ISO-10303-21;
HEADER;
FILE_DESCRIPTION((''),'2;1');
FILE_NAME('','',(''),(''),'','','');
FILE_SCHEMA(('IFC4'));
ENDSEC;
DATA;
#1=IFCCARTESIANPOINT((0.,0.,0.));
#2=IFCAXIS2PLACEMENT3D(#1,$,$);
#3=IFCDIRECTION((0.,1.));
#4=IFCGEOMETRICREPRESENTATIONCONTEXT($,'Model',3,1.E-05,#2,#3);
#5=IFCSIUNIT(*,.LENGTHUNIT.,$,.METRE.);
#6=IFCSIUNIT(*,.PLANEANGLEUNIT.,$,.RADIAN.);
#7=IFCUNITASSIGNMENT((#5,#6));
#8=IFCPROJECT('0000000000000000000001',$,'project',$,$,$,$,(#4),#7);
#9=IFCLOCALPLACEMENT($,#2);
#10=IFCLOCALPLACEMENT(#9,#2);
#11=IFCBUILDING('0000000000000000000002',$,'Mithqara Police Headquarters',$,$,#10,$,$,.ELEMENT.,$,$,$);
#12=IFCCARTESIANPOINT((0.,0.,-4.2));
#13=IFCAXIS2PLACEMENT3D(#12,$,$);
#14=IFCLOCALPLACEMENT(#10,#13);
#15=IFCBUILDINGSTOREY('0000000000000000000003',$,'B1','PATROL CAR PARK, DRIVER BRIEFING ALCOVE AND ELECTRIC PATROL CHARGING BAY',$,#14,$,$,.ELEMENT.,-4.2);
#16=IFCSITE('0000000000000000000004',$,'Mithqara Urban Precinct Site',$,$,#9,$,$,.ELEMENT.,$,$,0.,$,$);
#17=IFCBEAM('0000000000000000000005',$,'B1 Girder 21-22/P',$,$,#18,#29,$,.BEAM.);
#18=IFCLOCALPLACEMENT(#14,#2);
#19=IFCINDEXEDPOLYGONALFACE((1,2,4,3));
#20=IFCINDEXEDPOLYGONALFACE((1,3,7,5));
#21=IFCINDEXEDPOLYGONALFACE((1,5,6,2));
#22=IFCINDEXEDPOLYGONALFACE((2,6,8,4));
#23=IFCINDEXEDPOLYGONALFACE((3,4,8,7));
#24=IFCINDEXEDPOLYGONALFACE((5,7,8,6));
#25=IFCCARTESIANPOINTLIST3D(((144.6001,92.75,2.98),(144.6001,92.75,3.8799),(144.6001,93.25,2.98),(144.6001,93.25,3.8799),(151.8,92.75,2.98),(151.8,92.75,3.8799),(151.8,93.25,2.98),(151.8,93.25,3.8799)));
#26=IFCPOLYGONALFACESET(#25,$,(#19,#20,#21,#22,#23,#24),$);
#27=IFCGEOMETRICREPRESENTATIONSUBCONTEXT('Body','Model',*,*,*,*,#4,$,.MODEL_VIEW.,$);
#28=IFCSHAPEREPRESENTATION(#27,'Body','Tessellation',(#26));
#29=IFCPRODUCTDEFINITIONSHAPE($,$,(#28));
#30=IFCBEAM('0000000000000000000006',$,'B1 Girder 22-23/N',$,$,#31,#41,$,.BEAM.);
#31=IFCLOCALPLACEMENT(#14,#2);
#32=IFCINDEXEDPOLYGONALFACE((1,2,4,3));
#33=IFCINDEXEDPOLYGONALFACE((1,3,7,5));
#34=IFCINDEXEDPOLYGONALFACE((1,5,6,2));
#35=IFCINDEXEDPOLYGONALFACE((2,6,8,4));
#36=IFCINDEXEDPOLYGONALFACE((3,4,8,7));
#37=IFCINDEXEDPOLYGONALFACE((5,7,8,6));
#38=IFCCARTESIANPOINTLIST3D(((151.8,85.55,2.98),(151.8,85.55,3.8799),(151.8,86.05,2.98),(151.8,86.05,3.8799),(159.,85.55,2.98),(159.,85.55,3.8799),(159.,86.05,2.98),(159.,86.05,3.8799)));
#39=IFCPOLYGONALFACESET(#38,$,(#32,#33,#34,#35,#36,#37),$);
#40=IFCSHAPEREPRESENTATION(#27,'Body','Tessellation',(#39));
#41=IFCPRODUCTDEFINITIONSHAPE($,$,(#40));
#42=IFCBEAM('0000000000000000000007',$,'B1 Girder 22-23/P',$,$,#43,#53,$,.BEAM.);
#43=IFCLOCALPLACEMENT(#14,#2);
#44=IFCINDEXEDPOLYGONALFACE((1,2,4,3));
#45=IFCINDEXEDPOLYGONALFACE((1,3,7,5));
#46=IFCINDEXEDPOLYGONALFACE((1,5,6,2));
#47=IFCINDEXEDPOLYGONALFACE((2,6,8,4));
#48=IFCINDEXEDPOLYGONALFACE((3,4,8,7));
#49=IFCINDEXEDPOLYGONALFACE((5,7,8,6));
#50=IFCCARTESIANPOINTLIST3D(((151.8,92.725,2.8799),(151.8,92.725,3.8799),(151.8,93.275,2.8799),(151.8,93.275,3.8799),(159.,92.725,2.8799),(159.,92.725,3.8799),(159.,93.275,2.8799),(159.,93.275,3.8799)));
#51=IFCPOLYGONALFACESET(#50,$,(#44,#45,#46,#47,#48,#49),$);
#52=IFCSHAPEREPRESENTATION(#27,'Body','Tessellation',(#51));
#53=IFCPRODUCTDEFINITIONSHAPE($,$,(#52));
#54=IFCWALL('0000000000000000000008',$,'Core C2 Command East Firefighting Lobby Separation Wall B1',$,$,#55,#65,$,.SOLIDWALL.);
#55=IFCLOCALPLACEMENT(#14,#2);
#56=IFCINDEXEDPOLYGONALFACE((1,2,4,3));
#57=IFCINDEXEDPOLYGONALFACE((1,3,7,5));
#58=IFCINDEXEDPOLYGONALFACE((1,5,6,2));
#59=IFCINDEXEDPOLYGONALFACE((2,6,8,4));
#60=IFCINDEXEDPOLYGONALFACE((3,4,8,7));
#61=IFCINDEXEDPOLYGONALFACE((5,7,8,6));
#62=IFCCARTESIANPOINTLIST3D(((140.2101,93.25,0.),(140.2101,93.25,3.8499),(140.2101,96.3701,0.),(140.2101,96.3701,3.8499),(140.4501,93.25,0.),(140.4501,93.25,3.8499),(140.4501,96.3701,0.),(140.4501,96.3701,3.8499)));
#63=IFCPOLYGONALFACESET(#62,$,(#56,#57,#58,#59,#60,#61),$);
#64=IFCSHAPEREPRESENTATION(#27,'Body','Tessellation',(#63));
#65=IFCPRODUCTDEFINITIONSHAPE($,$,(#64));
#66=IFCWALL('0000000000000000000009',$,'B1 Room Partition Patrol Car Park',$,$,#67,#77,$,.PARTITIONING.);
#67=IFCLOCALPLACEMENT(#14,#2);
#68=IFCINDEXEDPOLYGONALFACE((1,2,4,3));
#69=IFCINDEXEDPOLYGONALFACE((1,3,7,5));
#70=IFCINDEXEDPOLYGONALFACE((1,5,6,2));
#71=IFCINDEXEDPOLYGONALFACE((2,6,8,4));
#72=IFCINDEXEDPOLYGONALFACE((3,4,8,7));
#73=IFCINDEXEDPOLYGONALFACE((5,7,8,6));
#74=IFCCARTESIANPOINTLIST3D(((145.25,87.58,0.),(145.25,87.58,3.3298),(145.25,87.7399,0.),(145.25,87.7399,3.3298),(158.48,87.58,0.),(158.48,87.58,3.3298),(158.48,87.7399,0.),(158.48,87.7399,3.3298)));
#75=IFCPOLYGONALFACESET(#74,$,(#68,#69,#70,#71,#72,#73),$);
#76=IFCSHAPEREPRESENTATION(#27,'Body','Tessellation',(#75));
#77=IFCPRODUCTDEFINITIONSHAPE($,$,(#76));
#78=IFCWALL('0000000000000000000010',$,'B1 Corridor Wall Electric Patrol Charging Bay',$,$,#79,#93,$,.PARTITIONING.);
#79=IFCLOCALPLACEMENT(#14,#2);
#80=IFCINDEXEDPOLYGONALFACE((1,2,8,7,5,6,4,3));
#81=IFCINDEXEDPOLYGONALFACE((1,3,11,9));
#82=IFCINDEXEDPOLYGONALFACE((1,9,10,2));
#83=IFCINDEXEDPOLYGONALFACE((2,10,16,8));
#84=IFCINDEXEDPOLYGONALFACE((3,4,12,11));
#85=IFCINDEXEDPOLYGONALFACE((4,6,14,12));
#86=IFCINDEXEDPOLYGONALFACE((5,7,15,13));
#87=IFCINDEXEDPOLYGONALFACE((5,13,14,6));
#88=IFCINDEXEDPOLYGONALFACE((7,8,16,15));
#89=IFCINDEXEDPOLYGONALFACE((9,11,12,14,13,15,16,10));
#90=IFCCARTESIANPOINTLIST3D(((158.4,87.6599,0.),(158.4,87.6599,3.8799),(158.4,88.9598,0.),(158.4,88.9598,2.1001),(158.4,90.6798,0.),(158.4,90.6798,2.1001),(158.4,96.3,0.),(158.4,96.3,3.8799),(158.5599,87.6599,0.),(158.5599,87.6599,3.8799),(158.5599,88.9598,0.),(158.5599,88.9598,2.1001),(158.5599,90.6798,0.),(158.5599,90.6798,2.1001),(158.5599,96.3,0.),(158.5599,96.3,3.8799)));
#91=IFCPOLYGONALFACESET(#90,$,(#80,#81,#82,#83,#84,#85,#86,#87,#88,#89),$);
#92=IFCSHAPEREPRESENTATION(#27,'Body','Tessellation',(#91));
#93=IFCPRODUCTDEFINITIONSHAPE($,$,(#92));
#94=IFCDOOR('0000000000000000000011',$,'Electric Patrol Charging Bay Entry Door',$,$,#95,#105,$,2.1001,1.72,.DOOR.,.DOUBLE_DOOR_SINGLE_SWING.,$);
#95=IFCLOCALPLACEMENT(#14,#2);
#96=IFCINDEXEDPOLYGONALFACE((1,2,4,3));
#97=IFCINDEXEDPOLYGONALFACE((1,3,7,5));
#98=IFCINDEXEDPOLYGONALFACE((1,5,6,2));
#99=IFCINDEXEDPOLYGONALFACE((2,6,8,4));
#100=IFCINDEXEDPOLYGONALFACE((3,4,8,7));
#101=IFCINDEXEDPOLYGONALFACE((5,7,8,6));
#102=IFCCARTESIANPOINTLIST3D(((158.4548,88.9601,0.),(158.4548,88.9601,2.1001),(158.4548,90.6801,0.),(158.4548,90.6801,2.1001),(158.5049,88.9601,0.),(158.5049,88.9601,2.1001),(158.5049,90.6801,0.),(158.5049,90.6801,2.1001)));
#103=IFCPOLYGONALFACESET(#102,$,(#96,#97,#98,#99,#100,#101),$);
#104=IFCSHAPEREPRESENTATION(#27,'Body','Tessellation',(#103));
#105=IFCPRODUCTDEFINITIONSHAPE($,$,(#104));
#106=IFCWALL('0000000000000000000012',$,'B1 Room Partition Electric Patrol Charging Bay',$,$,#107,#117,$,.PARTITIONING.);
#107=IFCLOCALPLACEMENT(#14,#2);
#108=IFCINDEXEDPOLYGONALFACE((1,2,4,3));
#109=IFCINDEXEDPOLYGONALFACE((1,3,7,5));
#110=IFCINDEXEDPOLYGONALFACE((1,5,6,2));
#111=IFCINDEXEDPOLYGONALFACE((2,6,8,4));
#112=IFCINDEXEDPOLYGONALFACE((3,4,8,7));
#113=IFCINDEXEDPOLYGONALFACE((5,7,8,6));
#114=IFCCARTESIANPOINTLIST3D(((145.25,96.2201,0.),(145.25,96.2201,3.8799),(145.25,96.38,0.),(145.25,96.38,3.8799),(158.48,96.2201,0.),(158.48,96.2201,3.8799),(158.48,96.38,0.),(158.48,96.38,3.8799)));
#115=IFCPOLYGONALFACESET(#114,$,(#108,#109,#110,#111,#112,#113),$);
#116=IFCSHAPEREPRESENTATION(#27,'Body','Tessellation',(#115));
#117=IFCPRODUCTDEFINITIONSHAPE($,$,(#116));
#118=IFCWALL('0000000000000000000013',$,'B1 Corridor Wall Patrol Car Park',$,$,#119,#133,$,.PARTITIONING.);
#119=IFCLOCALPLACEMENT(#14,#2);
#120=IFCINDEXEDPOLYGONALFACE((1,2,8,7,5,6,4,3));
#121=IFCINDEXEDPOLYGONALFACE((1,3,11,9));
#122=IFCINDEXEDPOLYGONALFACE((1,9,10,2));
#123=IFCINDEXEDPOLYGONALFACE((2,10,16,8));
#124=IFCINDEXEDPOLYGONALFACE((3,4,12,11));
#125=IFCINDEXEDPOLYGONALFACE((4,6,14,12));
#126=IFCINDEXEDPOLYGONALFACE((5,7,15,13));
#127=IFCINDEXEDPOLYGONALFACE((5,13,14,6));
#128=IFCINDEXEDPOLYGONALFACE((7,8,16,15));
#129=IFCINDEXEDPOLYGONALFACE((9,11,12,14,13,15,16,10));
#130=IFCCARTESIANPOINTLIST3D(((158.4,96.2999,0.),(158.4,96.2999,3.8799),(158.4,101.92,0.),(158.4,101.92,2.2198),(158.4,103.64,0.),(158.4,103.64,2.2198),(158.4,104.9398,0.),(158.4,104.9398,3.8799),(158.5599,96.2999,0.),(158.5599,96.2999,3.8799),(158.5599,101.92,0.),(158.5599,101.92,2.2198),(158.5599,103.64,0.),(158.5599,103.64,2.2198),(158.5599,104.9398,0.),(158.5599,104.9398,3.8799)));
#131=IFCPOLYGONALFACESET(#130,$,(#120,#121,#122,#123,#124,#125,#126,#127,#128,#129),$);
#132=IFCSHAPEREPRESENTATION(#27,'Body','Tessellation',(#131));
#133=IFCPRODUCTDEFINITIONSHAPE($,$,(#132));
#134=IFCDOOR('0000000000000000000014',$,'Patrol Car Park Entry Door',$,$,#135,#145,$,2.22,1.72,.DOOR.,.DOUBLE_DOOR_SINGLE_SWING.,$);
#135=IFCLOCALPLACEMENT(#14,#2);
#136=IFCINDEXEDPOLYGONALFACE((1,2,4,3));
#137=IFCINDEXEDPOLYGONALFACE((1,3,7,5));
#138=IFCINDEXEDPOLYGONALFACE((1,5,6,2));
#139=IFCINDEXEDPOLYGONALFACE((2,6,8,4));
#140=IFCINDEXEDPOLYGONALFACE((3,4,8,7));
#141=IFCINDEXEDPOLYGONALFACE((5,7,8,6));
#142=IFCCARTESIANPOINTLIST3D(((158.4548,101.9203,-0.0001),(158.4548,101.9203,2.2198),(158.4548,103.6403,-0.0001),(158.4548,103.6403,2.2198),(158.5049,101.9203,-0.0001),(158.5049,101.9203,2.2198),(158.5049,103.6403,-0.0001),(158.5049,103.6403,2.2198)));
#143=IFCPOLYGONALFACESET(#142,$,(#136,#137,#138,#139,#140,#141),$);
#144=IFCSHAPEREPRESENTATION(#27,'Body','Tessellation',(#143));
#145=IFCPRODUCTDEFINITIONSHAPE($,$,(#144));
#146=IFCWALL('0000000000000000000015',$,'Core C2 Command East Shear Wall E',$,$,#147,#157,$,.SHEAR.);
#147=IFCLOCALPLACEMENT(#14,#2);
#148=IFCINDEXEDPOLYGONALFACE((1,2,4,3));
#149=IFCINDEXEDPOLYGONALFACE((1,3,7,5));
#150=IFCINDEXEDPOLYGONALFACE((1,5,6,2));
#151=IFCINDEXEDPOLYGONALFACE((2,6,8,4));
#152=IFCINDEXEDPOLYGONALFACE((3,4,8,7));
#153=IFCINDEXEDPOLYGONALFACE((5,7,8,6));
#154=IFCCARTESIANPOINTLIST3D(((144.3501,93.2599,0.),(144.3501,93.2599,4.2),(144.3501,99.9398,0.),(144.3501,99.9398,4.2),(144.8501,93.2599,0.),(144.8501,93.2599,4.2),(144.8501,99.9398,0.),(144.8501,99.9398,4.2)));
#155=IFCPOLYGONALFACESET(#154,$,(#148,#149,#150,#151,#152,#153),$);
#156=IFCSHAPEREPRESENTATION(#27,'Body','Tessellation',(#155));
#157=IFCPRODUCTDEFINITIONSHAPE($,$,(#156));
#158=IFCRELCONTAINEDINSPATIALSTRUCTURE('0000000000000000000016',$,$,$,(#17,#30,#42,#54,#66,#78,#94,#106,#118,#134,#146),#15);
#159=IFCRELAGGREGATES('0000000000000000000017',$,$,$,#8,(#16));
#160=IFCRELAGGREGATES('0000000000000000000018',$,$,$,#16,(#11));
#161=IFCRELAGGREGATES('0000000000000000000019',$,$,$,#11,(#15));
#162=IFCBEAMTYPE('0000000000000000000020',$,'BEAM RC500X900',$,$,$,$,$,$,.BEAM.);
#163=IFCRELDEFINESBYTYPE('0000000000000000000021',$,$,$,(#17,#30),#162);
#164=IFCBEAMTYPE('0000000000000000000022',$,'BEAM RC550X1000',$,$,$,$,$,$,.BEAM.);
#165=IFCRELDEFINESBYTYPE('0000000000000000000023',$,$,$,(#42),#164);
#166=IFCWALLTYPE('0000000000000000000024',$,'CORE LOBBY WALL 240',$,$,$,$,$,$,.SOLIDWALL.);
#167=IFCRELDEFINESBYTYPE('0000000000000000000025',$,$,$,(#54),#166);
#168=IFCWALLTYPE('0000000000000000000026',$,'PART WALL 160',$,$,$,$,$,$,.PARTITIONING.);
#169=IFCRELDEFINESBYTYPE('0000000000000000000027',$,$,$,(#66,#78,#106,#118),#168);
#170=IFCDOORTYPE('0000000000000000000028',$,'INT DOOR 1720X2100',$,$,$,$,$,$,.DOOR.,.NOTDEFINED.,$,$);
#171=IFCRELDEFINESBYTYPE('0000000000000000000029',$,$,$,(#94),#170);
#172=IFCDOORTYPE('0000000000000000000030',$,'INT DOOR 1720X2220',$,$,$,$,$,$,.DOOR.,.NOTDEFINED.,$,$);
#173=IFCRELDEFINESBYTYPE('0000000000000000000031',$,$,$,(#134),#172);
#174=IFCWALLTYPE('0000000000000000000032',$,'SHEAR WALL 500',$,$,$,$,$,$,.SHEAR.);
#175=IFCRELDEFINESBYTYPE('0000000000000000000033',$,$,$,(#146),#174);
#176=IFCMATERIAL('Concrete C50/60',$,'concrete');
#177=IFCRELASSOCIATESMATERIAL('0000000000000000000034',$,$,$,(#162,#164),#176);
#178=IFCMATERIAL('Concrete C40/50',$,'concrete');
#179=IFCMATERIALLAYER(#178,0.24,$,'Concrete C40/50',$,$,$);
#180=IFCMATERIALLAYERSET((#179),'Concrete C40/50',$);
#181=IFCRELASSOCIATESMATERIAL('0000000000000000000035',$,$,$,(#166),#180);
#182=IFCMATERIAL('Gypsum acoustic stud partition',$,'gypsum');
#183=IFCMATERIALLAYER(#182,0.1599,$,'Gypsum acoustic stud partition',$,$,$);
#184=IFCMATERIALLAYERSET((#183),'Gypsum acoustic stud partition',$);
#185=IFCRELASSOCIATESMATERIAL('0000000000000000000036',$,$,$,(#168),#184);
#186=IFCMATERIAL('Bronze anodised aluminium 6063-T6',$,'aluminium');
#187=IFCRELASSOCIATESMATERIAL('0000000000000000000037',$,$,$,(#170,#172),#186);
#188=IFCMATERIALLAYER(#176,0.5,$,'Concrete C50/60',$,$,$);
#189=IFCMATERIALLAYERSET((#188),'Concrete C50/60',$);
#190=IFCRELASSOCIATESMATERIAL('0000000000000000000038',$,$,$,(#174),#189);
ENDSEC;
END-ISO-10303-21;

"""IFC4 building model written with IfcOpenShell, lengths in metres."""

from ifc_helpers import new_model, si_unit, direction, frame, frame_2d, origin, origin_2d, place, context, subcontext, project, spatial, rectangle, extrude, material, layer, layer_set, material_profile, profile_set, type_object, element, fill, save


model = new_model("IFC4")

# Units and contexts
model_context = context("Model", 3, precision=1e-05, world=origin(), true_north=direction((0.0, 1.0)))
body_context = subcontext(model_context, "Body", "Model", "MODEL_VIEW")
ifc_project = project(units=[si_unit("LENGTHUNIT", "METRE"), si_unit("PLANEANGLEUNIT", "RADIAN")], contexts=[model_context])

# Site, building, storey
site_placement = place(None, origin())
site = spatial("IfcSite", under=ifc_project, at=site_placement, Name="Mithqara Urban Precinct Site", CompositionType="ELEMENT", RefElevation=0.0)
building_placement = place(site_placement, origin())
building = spatial("IfcBuilding", under=site, at=building_placement, Name="Mithqara Police Headquarters", CompositionType="ELEMENT")
storey_placement = place(building_placement, frame((0.0, 0.0, -4.2)))
storey = spatial("IfcBuildingStorey", under=building, at=storey_placement, Name="B1", Description="PATROL CAR PARK, DRIVER BRIEFING ALCOVE AND ELECTRIC PATROL CHARGING BAY", CompositionType="ELEMENT", Elevation=-4.2)

# Shared definitions
ifc_material_1 = material(Name="Concrete C50/60", Category="concrete")

# Beams
ifc_material_2 = material(Name="Concrete C40/50", Category="concrete")
ifc_material_profile_1 = material_profile(ifc_material_1, rectangle(XDim=0.5, YDim=0.8999, at=origin_2d()), Name="RC 500x900")
ifc_profile_set_1 = profile_set([ifc_material_profile_1], Name="Concrete C50/60")
beam_type_1 = type_object("IfcBeamType", Name="BEAM RC500X900", PredefinedType="BEAM", material=ifc_profile_set_1)
for number, where, z_axis, x_axis, name in (
    (1, (144.6001, 93.0, 3.4299), (1.0, 0.0, 0.0), (0.0, 1.0, 0.0), "B1 Girder 21-22/P"),
    (2, (151.8, 85.8, 3.4299), (1.0, 0.0, 0.0), (0.0, 1.0, 0.0), "B1 Girder 22-23/N"),
):
    element("IfcBeam", number, at=place(storey_placement, frame(where, z_axis=z_axis, x_axis=x_axis)), inside=storey, type_object=beam_type_1, Name=name, PredefinedType="BEAM", context=body_context, shape_type="SweptSolid", body=[
        extrude(rectangle(XDim=0.5, YDim=0.8999, at=origin_2d()), origin(), (0.0, 0.0, 1.0), 7.2),
    ])
ifc_material_profile_2 = material_profile(ifc_material_1, rectangle(XDim=0.55, YDim=1.0, at=origin_2d()), Name="RC 550x1000")
ifc_profile_set_2 = profile_set([ifc_material_profile_2], Name="Concrete C50/60")
beam_type_2 = type_object("IfcBeamType", Name="BEAM RC550X1000", PredefinedType="BEAM", material=ifc_profile_set_2)
beam_1_placement = place(storey_placement, frame((151.8, 93.0, 3.3799), z_axis=(1.0, 0.0, 0.0), x_axis=(0.0, 1.0, 0.0)))
element("IfcBeam", 3, at=beam_1_placement, inside=storey, type_object=beam_type_2, Name="B1 Girder 22-23/P", PredefinedType="BEAM", context=body_context, shape_type="SweptSolid", body=[
    extrude(rectangle(XDim=0.55, YDim=1.0, at=origin_2d()), origin(), (0.0, 0.0, 1.0), 7.2),
])

# Walls
ifc_layer_1 = layer(ifc_material_2, 0.24, Name="Concrete C40/50")
ifc_layer_set_1 = layer_set([ifc_layer_1], Name="Concrete C40/50")
wall_type_1 = type_object("IfcWallType", Name="CORE LOBBY WALL 240", PredefinedType="SOLIDWALL", material=ifc_layer_set_1)
wall_1_placement = place(storey_placement, frame((140.3301, 93.25, 0.0), z_axis=(0.0, 0.0, 1.0), x_axis=(0.0, 1.0, 0.0)))
element("IfcWall", 4, at=wall_1_placement, inside=storey, type_object=wall_type_1, Name="Core C2 Command East Firefighting Lobby Separation Wall B1", PredefinedType="SOLIDWALL", context=body_context, shape_type="SweptSolid", body=[
    extrude(rectangle(XDim=3.1201, YDim=0.24, at=frame_2d((1.5601, 0.0))), origin(), (0.0, 0.0, 1.0), 3.8499),
])
ifc_material_3 = material(Name="Gypsum acoustic stud partition", Category="gypsum")
ifc_layer_2 = layer(ifc_material_3, 0.1599, Name="Gypsum acoustic stud partition")
ifc_layer_set_2 = layer_set([ifc_layer_2], Name="Gypsum acoustic stud partition")
wall_type_2 = type_object("IfcWallType", Name="PART WALL 160", PredefinedType="PARTITIONING", material=ifc_layer_set_2)
wall_2_placement = place(storey_placement, frame((145.25, 87.6599, 0.0), z_axis=(0.0, 0.0, 1.0), x_axis=(1.0, 0.0, 0.0)))
element("IfcWall", 5, at=wall_2_placement, inside=storey, type_object=wall_type_2, Name="B1 Room Partition Patrol Car Park", PredefinedType="PARTITIONING", context=body_context, shape_type="SweptSolid", body=[
    extrude(rectangle(XDim=13.23, YDim=0.1599, at=frame_2d((6.615, 0.0))), origin(), (0.0, 0.0, 1.0), 3.3298),
])

# Wall, opening, door
wall_3_placement = place(storey_placement, frame((158.48, 87.6599, 0.0), z_axis=(0.0, 0.0, 1.0), x_axis=(0.0, 1.0, 0.0)))
wall_3 = element("IfcWall", 6, at=wall_3_placement, inside=storey, type_object=wall_type_2, Name="B1 Corridor Wall Electric Patrol Charging Bay", PredefinedType="PARTITIONING", context=body_context, shape_type="SweptSolid", body=[
    extrude(rectangle(XDim=8.6401, YDim=0.1599, at=frame_2d((4.3201, 0.0))), origin(), (0.0, 0.0, 1.0), 3.8799),
])
opening_1_placement = place(wall_3_placement, frame((1.3, 0.0, 0.0)))
opening_1 = element("IfcOpeningElement", 7, at=opening_1_placement, cuts=wall_3, PredefinedType="OPENING", context=body_context, shape_type="SweptSolid", body=[
    extrude(rectangle(XDim=1.72, YDim=2.1001, at=frame_2d((0.8599, 1.05))), frame((0.0, 0.0898, 0.0), z_axis=(0.0, -1.0, 0.0), x_axis=(1.0, 0.0, 0.0)), (0.0, 0.0, 1.0), 0.1799),
])
ifc_material_4 = material(Name="Bronze anodised aluminium 6063-T6", Category="aluminium")
door_type_1 = type_object("IfcDoorType", Name="INT DOOR 1720X2100", OperationType="NOTDEFINED", PredefinedType="DOOR", material=ifc_material_4)
door_1_placement = place(opening_1_placement, frame((1.72, 0.0, 0.0), z_axis=(0.0, 0.0, 1.0), x_axis=(-1.0, 0.0, 0.0)))
door_1 = element("IfcDoor", 8, at=door_1_placement, inside=storey, type_object=door_type_1, Name="Electric Patrol Charging Bay Entry Door", OperationType="DOUBLE_DOOR_SINGLE_SWING", OverallHeight=2.1001, OverallWidth=1.72, PredefinedType="DOOR", context=body_context, shape_type="SweptSolid", body=[
    extrude(rectangle(XDim=1.72, YDim=2.1001, at=frame_2d((0.8599, 1.05))), frame((0.0, 0.0249, 0.0), z_axis=(0.0, -1.0, 0.0), x_axis=(1.0, 0.0, 0.0)), (0.0, 0.0, 1.0), 0.05),
])
fill(opening_1, door_1)

# Wall
wall_4_placement = place(storey_placement, frame((145.25, 96.3, 0.0), z_axis=(0.0, 0.0, 1.0), x_axis=(1.0, 0.0, 0.0)))
element("IfcWall", 9, at=wall_4_placement, inside=storey, type_object=wall_type_2, Name="B1 Room Partition Electric Patrol Charging Bay", PredefinedType="PARTITIONING", context=body_context, shape_type="SweptSolid", body=[
    extrude(rectangle(XDim=13.23, YDim=0.1599, at=frame_2d((6.615, 0.0))), origin(), (0.0, 0.0, 1.0), 3.8799),
])

# Wall, opening, door
wall_5_placement = place(storey_placement, frame((158.48, 96.3, 0.0), z_axis=(0.0, 0.0, 1.0), x_axis=(0.0, 1.0, 0.0)))
wall_5 = element("IfcWall", 10, at=wall_5_placement, inside=storey, type_object=wall_type_2, Name="B1 Corridor Wall Patrol Car Park", PredefinedType="PARTITIONING", context=body_context, shape_type="SweptSolid", body=[
    extrude(rectangle(XDim=8.6399, YDim=0.1599, at=frame_2d((4.3198, 0.0))), origin(), (0.0, 0.0, 1.0), 3.8799),
])
opening_2_placement = place(wall_5_placement, frame((5.6201, 0.0, 0.0)))
opening_2 = element("IfcOpeningElement", 11, at=opening_2_placement, cuts=wall_5, PredefinedType="OPENING", context=body_context, shape_type="SweptSolid", body=[
    extrude(rectangle(XDim=1.72, YDim=2.22, at=frame_2d((0.8599, 1.1099))), frame((0.0, 0.0898, 0.0), z_axis=(0.0, -1.0, 0.0), x_axis=(1.0, 0.0, 0.0)), (0.0, 0.0, 1.0), 0.1799),
])
door_type_2 = type_object("IfcDoorType", Name="INT DOOR 1720X2220", OperationType="NOTDEFINED", PredefinedType="DOOR", material=ifc_material_4)
door_2_placement = place(opening_2_placement, frame((1.72, 0.0, 0.0), z_axis=(0.0, 0.0, 1.0), x_axis=(-1.0, 0.0, 0.0)))
door_2 = element("IfcDoor", 12, at=door_2_placement, inside=storey, type_object=door_type_2, Name="Patrol Car Park Entry Door", OperationType="DOUBLE_DOOR_SINGLE_SWING", OverallHeight=2.22, OverallWidth=1.72, PredefinedType="DOOR", context=body_context, shape_type="SweptSolid", body=[
    extrude(rectangle(XDim=1.72, YDim=2.22, at=frame_2d((0.8599, 1.1099))), frame((0.0, 0.0249, 0.0), z_axis=(0.0, -1.0, 0.0), x_axis=(1.0, 0.0, 0.0)), (0.0, 0.0, 1.0), 0.05),
])
fill(opening_2, door_2)

# Wall
ifc_layer_3 = layer(ifc_material_1, 0.5, Name="Concrete C50/60")
ifc_layer_set_3 = layer_set([ifc_layer_3], Name="Concrete C50/60")
wall_type_3 = type_object("IfcWallType", Name="SHEAR WALL 500", PredefinedType="SHEAR", material=ifc_layer_set_3)
wall_6_placement = place(storey_placement, frame((144.6001, 93.26, 0.0), z_axis=(0.0, 0.0, 1.0), x_axis=(0.0, 1.0, 0.0)))
element("IfcWall", 13, at=wall_6_placement, inside=storey, type_object=wall_type_3, Name="Core C2 Command East Shear Wall E", PredefinedType="SHEAR", context=body_context, shape_type="SweptSolid", body=[
    extrude(rectangle(XDim=6.6799, YDim=0.5, at=frame_2d((3.3398, 0.0))), origin(), (0.0, 0.0, 1.0), 4.2),
])

save(model, "model.ifc")
